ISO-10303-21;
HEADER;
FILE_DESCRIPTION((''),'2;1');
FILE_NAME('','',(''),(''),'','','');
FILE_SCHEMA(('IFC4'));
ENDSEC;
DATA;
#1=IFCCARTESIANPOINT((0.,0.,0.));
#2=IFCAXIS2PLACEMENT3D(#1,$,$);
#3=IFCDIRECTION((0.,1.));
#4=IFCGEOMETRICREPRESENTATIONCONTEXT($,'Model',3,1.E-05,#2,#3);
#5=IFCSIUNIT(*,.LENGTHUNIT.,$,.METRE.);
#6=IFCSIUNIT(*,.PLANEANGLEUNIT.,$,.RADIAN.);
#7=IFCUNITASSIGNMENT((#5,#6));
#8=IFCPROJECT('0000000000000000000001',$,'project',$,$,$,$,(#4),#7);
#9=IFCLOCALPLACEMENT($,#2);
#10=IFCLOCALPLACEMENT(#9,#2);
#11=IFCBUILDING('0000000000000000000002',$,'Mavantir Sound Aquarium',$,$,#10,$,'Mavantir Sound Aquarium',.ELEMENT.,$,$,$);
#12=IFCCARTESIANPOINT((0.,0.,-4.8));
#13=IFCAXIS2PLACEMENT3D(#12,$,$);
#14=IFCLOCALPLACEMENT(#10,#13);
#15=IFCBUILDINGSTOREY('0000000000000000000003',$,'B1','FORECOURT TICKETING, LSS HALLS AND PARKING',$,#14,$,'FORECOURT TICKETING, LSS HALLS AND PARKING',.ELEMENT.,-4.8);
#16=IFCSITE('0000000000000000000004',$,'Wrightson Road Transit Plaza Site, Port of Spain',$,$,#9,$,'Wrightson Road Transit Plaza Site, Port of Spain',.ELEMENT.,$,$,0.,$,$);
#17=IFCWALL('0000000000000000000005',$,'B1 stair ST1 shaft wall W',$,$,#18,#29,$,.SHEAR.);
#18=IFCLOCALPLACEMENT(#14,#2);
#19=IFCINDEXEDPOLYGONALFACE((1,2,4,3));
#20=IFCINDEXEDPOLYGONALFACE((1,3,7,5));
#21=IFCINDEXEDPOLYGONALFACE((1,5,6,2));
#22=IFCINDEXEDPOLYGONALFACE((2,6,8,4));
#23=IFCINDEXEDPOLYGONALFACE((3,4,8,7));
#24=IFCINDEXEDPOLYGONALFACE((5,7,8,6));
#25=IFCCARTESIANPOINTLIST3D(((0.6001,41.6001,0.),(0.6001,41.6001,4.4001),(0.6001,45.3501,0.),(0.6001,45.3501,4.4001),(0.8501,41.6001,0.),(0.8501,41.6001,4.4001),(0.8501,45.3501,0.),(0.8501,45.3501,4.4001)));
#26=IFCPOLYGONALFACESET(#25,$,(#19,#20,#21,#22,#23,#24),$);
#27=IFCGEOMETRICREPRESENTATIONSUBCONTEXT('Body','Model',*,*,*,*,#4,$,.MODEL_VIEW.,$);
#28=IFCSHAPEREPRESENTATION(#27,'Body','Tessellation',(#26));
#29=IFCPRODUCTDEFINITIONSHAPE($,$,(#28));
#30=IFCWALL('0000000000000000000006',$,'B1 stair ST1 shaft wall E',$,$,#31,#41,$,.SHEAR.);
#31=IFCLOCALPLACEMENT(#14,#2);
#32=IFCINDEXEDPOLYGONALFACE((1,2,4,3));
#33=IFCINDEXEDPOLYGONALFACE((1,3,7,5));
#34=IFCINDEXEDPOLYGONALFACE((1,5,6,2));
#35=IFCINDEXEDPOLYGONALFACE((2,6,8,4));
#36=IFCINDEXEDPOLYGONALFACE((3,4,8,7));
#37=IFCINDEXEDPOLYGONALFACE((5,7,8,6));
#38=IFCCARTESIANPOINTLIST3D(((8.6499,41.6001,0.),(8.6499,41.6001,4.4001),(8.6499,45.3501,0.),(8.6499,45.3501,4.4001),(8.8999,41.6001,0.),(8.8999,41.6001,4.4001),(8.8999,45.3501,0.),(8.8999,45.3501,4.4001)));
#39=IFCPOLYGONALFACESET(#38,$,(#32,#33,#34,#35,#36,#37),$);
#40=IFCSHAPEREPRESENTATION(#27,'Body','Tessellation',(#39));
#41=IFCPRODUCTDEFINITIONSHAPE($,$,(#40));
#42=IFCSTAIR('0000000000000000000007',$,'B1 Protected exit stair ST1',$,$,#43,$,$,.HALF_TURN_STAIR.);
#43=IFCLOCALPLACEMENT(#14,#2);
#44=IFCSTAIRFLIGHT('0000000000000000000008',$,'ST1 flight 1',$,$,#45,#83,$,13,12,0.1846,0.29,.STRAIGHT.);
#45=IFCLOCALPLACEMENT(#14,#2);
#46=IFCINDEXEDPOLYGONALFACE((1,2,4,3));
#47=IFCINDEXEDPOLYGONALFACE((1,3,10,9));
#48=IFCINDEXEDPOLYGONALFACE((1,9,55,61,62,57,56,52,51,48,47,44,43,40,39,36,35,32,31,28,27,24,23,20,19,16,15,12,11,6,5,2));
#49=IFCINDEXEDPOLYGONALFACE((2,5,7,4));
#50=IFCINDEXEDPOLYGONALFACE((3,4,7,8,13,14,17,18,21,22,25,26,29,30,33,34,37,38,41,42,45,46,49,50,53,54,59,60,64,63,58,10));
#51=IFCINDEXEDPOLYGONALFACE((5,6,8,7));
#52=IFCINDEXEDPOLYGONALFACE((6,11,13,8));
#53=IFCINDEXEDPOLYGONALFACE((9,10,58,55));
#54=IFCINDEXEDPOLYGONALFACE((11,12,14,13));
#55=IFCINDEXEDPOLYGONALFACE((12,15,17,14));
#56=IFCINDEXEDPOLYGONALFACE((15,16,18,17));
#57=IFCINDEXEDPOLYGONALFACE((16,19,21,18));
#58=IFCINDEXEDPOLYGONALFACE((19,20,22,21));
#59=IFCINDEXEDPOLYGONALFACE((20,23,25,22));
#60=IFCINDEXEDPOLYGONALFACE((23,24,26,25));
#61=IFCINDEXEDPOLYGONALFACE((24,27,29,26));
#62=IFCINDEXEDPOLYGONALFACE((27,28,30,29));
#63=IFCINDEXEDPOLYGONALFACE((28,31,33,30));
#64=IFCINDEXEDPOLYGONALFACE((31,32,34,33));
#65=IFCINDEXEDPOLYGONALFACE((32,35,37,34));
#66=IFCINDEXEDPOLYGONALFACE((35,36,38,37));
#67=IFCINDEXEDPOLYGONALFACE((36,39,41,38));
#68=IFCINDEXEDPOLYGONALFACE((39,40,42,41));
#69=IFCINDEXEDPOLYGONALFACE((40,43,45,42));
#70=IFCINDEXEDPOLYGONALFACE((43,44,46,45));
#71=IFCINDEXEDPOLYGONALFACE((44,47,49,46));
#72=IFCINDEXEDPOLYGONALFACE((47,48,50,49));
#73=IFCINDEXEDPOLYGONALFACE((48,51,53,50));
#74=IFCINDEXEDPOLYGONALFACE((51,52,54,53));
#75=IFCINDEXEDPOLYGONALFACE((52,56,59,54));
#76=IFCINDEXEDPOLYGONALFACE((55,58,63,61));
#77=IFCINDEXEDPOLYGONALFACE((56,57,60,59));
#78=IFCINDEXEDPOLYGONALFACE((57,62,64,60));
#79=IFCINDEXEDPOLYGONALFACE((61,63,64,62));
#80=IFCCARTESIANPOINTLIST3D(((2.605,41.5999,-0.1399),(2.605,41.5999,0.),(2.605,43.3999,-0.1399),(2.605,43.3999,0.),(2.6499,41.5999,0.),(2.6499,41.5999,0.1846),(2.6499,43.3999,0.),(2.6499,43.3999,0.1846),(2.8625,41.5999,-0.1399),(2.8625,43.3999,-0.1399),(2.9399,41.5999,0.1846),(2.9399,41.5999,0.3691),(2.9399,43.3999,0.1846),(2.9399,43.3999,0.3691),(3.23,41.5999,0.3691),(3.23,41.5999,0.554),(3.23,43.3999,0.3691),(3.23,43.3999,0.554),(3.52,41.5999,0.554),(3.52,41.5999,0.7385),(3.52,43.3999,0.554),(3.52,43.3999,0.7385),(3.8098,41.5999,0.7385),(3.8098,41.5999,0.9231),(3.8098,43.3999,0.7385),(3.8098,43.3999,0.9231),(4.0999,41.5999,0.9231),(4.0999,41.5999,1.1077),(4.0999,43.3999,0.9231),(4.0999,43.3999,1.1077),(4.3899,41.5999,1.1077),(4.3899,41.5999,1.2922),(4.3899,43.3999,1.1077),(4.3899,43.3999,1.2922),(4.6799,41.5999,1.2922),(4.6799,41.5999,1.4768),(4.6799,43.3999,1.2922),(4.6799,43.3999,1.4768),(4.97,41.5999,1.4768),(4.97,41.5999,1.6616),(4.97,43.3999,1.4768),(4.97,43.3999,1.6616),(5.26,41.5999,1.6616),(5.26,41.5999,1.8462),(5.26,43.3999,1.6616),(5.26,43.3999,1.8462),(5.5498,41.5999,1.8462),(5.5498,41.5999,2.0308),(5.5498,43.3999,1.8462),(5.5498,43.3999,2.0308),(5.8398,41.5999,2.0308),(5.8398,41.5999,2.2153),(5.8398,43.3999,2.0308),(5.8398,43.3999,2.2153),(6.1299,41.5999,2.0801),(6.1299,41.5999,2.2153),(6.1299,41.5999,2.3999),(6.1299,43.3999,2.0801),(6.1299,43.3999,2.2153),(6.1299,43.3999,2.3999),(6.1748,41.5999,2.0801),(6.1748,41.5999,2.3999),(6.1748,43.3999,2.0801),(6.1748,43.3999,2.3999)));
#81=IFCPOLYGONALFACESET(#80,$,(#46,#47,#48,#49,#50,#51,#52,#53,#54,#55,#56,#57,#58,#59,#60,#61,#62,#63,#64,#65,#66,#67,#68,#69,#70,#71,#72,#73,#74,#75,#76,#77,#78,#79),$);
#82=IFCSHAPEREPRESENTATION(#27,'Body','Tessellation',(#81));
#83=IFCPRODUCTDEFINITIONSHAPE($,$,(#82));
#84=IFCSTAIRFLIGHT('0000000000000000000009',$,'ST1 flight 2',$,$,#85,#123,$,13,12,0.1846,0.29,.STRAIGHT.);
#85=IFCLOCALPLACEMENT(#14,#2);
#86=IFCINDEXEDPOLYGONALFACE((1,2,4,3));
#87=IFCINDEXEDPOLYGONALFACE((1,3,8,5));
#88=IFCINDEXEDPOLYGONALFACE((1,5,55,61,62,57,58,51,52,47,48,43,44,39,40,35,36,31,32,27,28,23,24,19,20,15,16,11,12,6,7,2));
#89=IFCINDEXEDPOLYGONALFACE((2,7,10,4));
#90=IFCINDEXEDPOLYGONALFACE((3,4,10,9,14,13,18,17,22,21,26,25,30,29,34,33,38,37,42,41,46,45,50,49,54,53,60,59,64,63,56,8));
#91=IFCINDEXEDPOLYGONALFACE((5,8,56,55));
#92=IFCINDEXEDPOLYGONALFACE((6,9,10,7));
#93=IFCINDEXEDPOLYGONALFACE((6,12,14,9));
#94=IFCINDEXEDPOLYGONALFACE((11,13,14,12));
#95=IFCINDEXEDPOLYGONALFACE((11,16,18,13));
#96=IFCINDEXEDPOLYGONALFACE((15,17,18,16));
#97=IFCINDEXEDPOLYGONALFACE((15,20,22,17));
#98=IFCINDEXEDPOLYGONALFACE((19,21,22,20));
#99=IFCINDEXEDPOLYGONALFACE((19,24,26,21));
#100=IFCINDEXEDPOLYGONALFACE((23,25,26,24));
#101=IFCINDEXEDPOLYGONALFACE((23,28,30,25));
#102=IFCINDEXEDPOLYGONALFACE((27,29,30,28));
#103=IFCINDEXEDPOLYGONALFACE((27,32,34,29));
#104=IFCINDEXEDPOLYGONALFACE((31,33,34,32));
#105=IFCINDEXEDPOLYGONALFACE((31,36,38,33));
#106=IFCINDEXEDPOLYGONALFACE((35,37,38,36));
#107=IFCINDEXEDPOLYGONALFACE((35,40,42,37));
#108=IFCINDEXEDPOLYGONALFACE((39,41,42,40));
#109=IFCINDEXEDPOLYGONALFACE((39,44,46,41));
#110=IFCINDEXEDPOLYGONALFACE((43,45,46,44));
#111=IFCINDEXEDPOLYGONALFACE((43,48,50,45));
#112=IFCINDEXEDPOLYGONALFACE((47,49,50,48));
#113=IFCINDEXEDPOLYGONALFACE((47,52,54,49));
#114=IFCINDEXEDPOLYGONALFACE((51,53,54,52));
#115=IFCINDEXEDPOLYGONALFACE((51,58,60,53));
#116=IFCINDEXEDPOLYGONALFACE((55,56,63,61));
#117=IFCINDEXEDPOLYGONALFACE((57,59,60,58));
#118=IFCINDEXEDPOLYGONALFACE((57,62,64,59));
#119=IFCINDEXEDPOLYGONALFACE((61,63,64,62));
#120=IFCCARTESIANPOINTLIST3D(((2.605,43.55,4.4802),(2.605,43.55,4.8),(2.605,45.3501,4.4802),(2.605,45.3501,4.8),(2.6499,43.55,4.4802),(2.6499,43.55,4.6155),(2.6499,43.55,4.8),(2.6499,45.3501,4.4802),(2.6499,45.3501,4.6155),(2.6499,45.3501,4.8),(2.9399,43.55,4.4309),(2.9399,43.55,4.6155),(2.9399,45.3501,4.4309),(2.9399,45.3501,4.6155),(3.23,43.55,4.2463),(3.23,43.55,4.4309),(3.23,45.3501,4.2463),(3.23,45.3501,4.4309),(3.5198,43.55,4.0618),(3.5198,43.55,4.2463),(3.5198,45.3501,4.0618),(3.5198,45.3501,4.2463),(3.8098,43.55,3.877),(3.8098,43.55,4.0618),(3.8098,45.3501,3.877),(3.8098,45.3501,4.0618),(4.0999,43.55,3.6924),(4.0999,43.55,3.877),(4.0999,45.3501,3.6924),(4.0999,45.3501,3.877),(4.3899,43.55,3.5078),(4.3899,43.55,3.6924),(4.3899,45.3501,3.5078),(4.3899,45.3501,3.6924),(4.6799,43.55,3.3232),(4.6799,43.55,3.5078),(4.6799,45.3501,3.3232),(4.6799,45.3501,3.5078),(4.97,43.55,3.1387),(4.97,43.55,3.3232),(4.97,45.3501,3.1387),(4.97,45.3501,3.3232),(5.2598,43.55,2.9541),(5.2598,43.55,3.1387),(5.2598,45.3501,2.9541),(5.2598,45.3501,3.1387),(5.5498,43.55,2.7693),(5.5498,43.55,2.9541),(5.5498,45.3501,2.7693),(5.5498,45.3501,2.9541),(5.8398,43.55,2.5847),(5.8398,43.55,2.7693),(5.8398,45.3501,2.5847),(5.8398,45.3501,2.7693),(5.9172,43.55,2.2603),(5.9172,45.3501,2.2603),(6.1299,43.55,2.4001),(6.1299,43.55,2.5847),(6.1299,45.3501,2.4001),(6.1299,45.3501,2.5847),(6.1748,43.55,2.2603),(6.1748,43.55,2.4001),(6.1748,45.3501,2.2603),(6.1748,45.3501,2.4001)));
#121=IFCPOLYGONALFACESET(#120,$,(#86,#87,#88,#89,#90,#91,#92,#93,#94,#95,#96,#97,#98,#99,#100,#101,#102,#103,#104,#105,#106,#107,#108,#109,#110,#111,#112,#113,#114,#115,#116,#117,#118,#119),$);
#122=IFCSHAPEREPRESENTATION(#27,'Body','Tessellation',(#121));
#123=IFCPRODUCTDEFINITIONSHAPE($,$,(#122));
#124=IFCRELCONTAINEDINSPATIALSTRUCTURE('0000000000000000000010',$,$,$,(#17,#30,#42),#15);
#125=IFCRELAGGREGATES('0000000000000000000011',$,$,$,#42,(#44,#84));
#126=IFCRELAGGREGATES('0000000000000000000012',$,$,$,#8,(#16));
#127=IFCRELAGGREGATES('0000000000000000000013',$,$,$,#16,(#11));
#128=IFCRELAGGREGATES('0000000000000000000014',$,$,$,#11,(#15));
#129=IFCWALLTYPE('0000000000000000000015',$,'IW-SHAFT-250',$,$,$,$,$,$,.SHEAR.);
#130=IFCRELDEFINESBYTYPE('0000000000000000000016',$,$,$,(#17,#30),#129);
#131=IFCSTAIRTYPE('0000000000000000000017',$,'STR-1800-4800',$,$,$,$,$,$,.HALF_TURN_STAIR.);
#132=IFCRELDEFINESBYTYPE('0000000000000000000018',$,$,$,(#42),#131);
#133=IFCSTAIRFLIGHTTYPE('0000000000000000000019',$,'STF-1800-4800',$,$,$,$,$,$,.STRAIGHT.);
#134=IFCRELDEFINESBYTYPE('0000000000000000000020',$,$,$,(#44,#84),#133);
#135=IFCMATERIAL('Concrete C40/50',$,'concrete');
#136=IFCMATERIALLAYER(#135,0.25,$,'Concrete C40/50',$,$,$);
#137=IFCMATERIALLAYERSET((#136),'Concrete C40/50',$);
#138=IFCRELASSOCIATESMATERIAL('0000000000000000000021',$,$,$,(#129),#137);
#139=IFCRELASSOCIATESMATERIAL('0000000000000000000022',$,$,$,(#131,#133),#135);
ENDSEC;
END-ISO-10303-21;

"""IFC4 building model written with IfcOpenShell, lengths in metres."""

from ifc_helpers import new_model, si_unit, direction, frame, frame_2d, origin, place, context, subcontext, project, spatial, polyline, rectangle, outline, extrude, material, layer, layer_set, type_object, element, aggregate, save


model = new_model("IFC4")

# Units and contexts
model_context = context("Model", 3, precision=1e-05, world=origin(), true_north=direction((0.0, 1.0)))
body_context = subcontext(model_context, "Body", "Model", "MODEL_VIEW")
ifc_project = project(units=[si_unit("LENGTHUNIT", "METRE"), si_unit("PLANEANGLEUNIT", "RADIAN")], contexts=[model_context])

# Site, building, storey
site_placement = place(None, origin())
site = spatial("IfcSite", under=ifc_project, at=site_placement, Name="Wrightson Road Transit Plaza Site, Port of Spain", LongName="Wrightson Road Transit Plaza Site, Port of Spain", CompositionType="ELEMENT", RefElevation=0.0)
building_placement = place(site_placement, origin())
building = spatial("IfcBuilding", under=site, at=building_placement, Name="Mavantir Sound Aquarium", LongName="Mavantir Sound Aquarium", CompositionType="ELEMENT")
storey_placement = place(building_placement, frame((0.0, 0.0, -4.8)))
storey = spatial("IfcBuildingStorey", under=building, at=storey_placement, Name="B1", Description="FORECOURT TICKETING, LSS HALLS AND PARKING", LongName="FORECOURT TICKETING, LSS HALLS AND PARKING", CompositionType="ELEMENT", Elevation=-4.8)

# Shared definitions
ifc_material_1 = material(Name="Concrete C40/50", Category="concrete")

# Shared definitions
ifc_layer = layer(ifc_material_1, 0.25, Name="Concrete C40/50")
ifc_layer_set = layer_set([ifc_layer], Name="Concrete C40/50")
wall_type = type_object("IfcWallType", Name="IW-SHAFT-250", PredefinedType="SHEAR", material=ifc_layer_set)

# Walls
for number, where, z_axis, x_axis, name in (
    (1, (0.7251, 45.3501, 0.0), (0.0, 0.0, 1.0), (0.0, -1.0, 0.0), "B1 stair ST1 shaft wall W"),
    (2, (8.7749, 41.6001, 0.0), (0.0, 0.0, 1.0), (0.0, 1.0, 0.0), "B1 stair ST1 shaft wall E"),
):
    element("IfcWall", number, at=place(storey_placement, frame(where, z_axis=z_axis, x_axis=x_axis)), inside=storey, type_object=wall_type, Name=name, PredefinedType="SHEAR", context=body_context, shape_type="SweptSolid", body=[
        extrude(rectangle(XDim=3.75, YDim=0.25, at=frame_2d((1.875, 0.0))), origin(), (0.0, 0.0, 1.0), 4.4001),
    ])

# Stair, stair flights
stair_type = type_object("IfcStairType", Name="STR-1800-4800", PredefinedType="HALF_TURN_STAIR", material=ifc_material_1)
stair_placement = place(storey_placement, origin())
stair = element("IfcStair", 3, at=stair_placement, inside=storey, type_object=stair_type, Name="B1 Protected exit stair ST1", PredefinedType="HALF_TURN_STAIR")
stair_flight_type = type_object("IfcStairFlightType", Name="STF-1800-4800", PredefinedType="STRAIGHT", material=ifc_material_1)
stair_flight_1_placement = place(storey_placement, frame((2.6499, 42.5, 0.0), z_axis=(0.0, 0.0, 1.0), x_axis=(1.0, 0.0, 0.0)))
stair_flight_1 = element("IfcStairFlight", 4, at=stair_flight_1_placement, type_object=stair_flight_type, Name="ST1 flight 1", NumberOfRisers=13, NumberOfTreads=12, PredefinedType="STRAIGHT", RiserHeight=0.1846, TreadLength=0.29, context=body_context, shape_type="SweptSolid", body=[
    extrude(outline(polyline([(-0.0449, -0.1399), (-0.0449, 0.0), (0.0, 0.0), (0.0, 0.1846), (0.29, 0.1846), (0.29, 0.3691), (0.5801, 0.3691), (0.5801, 0.554), (0.8701, 0.554), (0.8701, 0.7385), (1.1599, 0.7385), (1.1599, 0.9231), (1.45, 0.9231), (1.45, 1.1077), (1.74, 1.1077), (1.74, 1.2922), (2.03, 1.2922), (2.03, 1.4768), (2.3201, 1.4768), (2.3201, 1.6616), (2.6101, 1.6616), (2.6101, 1.8462), (2.8999, 1.8462), (2.8999, 2.0308), (3.1899, 2.0308), (3.1899, 2.2153), (3.48, 2.2153), (3.48, 2.3999), (3.5249, 2.3999), (3.5249, 2.0801), (3.48, 2.0801), (0.2126, -0.1399), (-0.0449, -0.1399)])), frame((0.0, 0.8999, 0.0), z_axis=(0.0, -1.0, 0.0), x_axis=(1.0, 0.0, 0.0)), (0.0, 0.0, 1.0), 1.8),
])
stair_flight_2_placement = place(storey_placement, frame((6.1299, 44.45, 2.4001), z_axis=(0.0, 0.0, 1.0), x_axis=(-1.0, 0.0, 0.0)))
stair_flight_2 = element("IfcStairFlight", 5, at=stair_flight_2_placement, type_object=stair_flight_type, Name="ST1 flight 2", NumberOfRisers=13, NumberOfTreads=12, PredefinedType="STRAIGHT", RiserHeight=0.1846, TreadLength=0.29, context=body_context, shape_type="SweptSolid", body=[
    extrude(outline(polyline([(-0.0449, -0.1399), (-0.0449, 0.0), (0.0, 0.0), (0.0, 0.1846), (0.29, 0.1846), (0.29, 0.3691), (0.5801, 0.3691), (0.5801, 0.554), (0.8701, 0.554), (0.8701, 0.7385), (1.1599, 0.7385), (1.1599, 0.9231), (1.45, 0.9231), (1.45, 1.1077), (1.74, 1.1077), (1.74, 1.2922), (2.03, 1.2922), (2.03, 1.4768), (2.3201, 1.4768), (2.3201, 1.6616), (2.6101, 1.6616), (2.6101, 1.8462), (2.8999, 1.8462), (2.8999, 2.0308), (3.1899, 2.0308), (3.1899, 2.2153), (3.48, 2.2153), (3.48, 2.3999), (3.5249, 2.3999), (3.5249, 2.0801), (3.48, 2.0801), (0.2126, -0.1399), (-0.0449, -0.1399)])), frame((0.0, 0.8999, 0.0), z_axis=(0.0, -1.0, 0.0), x_axis=(1.0, 0.0, 0.0)), (0.0, 0.0, 1.0), 1.8),
])
aggregate(stair, [stair_flight_1, stair_flight_2])

save(model, "model.ifc")
